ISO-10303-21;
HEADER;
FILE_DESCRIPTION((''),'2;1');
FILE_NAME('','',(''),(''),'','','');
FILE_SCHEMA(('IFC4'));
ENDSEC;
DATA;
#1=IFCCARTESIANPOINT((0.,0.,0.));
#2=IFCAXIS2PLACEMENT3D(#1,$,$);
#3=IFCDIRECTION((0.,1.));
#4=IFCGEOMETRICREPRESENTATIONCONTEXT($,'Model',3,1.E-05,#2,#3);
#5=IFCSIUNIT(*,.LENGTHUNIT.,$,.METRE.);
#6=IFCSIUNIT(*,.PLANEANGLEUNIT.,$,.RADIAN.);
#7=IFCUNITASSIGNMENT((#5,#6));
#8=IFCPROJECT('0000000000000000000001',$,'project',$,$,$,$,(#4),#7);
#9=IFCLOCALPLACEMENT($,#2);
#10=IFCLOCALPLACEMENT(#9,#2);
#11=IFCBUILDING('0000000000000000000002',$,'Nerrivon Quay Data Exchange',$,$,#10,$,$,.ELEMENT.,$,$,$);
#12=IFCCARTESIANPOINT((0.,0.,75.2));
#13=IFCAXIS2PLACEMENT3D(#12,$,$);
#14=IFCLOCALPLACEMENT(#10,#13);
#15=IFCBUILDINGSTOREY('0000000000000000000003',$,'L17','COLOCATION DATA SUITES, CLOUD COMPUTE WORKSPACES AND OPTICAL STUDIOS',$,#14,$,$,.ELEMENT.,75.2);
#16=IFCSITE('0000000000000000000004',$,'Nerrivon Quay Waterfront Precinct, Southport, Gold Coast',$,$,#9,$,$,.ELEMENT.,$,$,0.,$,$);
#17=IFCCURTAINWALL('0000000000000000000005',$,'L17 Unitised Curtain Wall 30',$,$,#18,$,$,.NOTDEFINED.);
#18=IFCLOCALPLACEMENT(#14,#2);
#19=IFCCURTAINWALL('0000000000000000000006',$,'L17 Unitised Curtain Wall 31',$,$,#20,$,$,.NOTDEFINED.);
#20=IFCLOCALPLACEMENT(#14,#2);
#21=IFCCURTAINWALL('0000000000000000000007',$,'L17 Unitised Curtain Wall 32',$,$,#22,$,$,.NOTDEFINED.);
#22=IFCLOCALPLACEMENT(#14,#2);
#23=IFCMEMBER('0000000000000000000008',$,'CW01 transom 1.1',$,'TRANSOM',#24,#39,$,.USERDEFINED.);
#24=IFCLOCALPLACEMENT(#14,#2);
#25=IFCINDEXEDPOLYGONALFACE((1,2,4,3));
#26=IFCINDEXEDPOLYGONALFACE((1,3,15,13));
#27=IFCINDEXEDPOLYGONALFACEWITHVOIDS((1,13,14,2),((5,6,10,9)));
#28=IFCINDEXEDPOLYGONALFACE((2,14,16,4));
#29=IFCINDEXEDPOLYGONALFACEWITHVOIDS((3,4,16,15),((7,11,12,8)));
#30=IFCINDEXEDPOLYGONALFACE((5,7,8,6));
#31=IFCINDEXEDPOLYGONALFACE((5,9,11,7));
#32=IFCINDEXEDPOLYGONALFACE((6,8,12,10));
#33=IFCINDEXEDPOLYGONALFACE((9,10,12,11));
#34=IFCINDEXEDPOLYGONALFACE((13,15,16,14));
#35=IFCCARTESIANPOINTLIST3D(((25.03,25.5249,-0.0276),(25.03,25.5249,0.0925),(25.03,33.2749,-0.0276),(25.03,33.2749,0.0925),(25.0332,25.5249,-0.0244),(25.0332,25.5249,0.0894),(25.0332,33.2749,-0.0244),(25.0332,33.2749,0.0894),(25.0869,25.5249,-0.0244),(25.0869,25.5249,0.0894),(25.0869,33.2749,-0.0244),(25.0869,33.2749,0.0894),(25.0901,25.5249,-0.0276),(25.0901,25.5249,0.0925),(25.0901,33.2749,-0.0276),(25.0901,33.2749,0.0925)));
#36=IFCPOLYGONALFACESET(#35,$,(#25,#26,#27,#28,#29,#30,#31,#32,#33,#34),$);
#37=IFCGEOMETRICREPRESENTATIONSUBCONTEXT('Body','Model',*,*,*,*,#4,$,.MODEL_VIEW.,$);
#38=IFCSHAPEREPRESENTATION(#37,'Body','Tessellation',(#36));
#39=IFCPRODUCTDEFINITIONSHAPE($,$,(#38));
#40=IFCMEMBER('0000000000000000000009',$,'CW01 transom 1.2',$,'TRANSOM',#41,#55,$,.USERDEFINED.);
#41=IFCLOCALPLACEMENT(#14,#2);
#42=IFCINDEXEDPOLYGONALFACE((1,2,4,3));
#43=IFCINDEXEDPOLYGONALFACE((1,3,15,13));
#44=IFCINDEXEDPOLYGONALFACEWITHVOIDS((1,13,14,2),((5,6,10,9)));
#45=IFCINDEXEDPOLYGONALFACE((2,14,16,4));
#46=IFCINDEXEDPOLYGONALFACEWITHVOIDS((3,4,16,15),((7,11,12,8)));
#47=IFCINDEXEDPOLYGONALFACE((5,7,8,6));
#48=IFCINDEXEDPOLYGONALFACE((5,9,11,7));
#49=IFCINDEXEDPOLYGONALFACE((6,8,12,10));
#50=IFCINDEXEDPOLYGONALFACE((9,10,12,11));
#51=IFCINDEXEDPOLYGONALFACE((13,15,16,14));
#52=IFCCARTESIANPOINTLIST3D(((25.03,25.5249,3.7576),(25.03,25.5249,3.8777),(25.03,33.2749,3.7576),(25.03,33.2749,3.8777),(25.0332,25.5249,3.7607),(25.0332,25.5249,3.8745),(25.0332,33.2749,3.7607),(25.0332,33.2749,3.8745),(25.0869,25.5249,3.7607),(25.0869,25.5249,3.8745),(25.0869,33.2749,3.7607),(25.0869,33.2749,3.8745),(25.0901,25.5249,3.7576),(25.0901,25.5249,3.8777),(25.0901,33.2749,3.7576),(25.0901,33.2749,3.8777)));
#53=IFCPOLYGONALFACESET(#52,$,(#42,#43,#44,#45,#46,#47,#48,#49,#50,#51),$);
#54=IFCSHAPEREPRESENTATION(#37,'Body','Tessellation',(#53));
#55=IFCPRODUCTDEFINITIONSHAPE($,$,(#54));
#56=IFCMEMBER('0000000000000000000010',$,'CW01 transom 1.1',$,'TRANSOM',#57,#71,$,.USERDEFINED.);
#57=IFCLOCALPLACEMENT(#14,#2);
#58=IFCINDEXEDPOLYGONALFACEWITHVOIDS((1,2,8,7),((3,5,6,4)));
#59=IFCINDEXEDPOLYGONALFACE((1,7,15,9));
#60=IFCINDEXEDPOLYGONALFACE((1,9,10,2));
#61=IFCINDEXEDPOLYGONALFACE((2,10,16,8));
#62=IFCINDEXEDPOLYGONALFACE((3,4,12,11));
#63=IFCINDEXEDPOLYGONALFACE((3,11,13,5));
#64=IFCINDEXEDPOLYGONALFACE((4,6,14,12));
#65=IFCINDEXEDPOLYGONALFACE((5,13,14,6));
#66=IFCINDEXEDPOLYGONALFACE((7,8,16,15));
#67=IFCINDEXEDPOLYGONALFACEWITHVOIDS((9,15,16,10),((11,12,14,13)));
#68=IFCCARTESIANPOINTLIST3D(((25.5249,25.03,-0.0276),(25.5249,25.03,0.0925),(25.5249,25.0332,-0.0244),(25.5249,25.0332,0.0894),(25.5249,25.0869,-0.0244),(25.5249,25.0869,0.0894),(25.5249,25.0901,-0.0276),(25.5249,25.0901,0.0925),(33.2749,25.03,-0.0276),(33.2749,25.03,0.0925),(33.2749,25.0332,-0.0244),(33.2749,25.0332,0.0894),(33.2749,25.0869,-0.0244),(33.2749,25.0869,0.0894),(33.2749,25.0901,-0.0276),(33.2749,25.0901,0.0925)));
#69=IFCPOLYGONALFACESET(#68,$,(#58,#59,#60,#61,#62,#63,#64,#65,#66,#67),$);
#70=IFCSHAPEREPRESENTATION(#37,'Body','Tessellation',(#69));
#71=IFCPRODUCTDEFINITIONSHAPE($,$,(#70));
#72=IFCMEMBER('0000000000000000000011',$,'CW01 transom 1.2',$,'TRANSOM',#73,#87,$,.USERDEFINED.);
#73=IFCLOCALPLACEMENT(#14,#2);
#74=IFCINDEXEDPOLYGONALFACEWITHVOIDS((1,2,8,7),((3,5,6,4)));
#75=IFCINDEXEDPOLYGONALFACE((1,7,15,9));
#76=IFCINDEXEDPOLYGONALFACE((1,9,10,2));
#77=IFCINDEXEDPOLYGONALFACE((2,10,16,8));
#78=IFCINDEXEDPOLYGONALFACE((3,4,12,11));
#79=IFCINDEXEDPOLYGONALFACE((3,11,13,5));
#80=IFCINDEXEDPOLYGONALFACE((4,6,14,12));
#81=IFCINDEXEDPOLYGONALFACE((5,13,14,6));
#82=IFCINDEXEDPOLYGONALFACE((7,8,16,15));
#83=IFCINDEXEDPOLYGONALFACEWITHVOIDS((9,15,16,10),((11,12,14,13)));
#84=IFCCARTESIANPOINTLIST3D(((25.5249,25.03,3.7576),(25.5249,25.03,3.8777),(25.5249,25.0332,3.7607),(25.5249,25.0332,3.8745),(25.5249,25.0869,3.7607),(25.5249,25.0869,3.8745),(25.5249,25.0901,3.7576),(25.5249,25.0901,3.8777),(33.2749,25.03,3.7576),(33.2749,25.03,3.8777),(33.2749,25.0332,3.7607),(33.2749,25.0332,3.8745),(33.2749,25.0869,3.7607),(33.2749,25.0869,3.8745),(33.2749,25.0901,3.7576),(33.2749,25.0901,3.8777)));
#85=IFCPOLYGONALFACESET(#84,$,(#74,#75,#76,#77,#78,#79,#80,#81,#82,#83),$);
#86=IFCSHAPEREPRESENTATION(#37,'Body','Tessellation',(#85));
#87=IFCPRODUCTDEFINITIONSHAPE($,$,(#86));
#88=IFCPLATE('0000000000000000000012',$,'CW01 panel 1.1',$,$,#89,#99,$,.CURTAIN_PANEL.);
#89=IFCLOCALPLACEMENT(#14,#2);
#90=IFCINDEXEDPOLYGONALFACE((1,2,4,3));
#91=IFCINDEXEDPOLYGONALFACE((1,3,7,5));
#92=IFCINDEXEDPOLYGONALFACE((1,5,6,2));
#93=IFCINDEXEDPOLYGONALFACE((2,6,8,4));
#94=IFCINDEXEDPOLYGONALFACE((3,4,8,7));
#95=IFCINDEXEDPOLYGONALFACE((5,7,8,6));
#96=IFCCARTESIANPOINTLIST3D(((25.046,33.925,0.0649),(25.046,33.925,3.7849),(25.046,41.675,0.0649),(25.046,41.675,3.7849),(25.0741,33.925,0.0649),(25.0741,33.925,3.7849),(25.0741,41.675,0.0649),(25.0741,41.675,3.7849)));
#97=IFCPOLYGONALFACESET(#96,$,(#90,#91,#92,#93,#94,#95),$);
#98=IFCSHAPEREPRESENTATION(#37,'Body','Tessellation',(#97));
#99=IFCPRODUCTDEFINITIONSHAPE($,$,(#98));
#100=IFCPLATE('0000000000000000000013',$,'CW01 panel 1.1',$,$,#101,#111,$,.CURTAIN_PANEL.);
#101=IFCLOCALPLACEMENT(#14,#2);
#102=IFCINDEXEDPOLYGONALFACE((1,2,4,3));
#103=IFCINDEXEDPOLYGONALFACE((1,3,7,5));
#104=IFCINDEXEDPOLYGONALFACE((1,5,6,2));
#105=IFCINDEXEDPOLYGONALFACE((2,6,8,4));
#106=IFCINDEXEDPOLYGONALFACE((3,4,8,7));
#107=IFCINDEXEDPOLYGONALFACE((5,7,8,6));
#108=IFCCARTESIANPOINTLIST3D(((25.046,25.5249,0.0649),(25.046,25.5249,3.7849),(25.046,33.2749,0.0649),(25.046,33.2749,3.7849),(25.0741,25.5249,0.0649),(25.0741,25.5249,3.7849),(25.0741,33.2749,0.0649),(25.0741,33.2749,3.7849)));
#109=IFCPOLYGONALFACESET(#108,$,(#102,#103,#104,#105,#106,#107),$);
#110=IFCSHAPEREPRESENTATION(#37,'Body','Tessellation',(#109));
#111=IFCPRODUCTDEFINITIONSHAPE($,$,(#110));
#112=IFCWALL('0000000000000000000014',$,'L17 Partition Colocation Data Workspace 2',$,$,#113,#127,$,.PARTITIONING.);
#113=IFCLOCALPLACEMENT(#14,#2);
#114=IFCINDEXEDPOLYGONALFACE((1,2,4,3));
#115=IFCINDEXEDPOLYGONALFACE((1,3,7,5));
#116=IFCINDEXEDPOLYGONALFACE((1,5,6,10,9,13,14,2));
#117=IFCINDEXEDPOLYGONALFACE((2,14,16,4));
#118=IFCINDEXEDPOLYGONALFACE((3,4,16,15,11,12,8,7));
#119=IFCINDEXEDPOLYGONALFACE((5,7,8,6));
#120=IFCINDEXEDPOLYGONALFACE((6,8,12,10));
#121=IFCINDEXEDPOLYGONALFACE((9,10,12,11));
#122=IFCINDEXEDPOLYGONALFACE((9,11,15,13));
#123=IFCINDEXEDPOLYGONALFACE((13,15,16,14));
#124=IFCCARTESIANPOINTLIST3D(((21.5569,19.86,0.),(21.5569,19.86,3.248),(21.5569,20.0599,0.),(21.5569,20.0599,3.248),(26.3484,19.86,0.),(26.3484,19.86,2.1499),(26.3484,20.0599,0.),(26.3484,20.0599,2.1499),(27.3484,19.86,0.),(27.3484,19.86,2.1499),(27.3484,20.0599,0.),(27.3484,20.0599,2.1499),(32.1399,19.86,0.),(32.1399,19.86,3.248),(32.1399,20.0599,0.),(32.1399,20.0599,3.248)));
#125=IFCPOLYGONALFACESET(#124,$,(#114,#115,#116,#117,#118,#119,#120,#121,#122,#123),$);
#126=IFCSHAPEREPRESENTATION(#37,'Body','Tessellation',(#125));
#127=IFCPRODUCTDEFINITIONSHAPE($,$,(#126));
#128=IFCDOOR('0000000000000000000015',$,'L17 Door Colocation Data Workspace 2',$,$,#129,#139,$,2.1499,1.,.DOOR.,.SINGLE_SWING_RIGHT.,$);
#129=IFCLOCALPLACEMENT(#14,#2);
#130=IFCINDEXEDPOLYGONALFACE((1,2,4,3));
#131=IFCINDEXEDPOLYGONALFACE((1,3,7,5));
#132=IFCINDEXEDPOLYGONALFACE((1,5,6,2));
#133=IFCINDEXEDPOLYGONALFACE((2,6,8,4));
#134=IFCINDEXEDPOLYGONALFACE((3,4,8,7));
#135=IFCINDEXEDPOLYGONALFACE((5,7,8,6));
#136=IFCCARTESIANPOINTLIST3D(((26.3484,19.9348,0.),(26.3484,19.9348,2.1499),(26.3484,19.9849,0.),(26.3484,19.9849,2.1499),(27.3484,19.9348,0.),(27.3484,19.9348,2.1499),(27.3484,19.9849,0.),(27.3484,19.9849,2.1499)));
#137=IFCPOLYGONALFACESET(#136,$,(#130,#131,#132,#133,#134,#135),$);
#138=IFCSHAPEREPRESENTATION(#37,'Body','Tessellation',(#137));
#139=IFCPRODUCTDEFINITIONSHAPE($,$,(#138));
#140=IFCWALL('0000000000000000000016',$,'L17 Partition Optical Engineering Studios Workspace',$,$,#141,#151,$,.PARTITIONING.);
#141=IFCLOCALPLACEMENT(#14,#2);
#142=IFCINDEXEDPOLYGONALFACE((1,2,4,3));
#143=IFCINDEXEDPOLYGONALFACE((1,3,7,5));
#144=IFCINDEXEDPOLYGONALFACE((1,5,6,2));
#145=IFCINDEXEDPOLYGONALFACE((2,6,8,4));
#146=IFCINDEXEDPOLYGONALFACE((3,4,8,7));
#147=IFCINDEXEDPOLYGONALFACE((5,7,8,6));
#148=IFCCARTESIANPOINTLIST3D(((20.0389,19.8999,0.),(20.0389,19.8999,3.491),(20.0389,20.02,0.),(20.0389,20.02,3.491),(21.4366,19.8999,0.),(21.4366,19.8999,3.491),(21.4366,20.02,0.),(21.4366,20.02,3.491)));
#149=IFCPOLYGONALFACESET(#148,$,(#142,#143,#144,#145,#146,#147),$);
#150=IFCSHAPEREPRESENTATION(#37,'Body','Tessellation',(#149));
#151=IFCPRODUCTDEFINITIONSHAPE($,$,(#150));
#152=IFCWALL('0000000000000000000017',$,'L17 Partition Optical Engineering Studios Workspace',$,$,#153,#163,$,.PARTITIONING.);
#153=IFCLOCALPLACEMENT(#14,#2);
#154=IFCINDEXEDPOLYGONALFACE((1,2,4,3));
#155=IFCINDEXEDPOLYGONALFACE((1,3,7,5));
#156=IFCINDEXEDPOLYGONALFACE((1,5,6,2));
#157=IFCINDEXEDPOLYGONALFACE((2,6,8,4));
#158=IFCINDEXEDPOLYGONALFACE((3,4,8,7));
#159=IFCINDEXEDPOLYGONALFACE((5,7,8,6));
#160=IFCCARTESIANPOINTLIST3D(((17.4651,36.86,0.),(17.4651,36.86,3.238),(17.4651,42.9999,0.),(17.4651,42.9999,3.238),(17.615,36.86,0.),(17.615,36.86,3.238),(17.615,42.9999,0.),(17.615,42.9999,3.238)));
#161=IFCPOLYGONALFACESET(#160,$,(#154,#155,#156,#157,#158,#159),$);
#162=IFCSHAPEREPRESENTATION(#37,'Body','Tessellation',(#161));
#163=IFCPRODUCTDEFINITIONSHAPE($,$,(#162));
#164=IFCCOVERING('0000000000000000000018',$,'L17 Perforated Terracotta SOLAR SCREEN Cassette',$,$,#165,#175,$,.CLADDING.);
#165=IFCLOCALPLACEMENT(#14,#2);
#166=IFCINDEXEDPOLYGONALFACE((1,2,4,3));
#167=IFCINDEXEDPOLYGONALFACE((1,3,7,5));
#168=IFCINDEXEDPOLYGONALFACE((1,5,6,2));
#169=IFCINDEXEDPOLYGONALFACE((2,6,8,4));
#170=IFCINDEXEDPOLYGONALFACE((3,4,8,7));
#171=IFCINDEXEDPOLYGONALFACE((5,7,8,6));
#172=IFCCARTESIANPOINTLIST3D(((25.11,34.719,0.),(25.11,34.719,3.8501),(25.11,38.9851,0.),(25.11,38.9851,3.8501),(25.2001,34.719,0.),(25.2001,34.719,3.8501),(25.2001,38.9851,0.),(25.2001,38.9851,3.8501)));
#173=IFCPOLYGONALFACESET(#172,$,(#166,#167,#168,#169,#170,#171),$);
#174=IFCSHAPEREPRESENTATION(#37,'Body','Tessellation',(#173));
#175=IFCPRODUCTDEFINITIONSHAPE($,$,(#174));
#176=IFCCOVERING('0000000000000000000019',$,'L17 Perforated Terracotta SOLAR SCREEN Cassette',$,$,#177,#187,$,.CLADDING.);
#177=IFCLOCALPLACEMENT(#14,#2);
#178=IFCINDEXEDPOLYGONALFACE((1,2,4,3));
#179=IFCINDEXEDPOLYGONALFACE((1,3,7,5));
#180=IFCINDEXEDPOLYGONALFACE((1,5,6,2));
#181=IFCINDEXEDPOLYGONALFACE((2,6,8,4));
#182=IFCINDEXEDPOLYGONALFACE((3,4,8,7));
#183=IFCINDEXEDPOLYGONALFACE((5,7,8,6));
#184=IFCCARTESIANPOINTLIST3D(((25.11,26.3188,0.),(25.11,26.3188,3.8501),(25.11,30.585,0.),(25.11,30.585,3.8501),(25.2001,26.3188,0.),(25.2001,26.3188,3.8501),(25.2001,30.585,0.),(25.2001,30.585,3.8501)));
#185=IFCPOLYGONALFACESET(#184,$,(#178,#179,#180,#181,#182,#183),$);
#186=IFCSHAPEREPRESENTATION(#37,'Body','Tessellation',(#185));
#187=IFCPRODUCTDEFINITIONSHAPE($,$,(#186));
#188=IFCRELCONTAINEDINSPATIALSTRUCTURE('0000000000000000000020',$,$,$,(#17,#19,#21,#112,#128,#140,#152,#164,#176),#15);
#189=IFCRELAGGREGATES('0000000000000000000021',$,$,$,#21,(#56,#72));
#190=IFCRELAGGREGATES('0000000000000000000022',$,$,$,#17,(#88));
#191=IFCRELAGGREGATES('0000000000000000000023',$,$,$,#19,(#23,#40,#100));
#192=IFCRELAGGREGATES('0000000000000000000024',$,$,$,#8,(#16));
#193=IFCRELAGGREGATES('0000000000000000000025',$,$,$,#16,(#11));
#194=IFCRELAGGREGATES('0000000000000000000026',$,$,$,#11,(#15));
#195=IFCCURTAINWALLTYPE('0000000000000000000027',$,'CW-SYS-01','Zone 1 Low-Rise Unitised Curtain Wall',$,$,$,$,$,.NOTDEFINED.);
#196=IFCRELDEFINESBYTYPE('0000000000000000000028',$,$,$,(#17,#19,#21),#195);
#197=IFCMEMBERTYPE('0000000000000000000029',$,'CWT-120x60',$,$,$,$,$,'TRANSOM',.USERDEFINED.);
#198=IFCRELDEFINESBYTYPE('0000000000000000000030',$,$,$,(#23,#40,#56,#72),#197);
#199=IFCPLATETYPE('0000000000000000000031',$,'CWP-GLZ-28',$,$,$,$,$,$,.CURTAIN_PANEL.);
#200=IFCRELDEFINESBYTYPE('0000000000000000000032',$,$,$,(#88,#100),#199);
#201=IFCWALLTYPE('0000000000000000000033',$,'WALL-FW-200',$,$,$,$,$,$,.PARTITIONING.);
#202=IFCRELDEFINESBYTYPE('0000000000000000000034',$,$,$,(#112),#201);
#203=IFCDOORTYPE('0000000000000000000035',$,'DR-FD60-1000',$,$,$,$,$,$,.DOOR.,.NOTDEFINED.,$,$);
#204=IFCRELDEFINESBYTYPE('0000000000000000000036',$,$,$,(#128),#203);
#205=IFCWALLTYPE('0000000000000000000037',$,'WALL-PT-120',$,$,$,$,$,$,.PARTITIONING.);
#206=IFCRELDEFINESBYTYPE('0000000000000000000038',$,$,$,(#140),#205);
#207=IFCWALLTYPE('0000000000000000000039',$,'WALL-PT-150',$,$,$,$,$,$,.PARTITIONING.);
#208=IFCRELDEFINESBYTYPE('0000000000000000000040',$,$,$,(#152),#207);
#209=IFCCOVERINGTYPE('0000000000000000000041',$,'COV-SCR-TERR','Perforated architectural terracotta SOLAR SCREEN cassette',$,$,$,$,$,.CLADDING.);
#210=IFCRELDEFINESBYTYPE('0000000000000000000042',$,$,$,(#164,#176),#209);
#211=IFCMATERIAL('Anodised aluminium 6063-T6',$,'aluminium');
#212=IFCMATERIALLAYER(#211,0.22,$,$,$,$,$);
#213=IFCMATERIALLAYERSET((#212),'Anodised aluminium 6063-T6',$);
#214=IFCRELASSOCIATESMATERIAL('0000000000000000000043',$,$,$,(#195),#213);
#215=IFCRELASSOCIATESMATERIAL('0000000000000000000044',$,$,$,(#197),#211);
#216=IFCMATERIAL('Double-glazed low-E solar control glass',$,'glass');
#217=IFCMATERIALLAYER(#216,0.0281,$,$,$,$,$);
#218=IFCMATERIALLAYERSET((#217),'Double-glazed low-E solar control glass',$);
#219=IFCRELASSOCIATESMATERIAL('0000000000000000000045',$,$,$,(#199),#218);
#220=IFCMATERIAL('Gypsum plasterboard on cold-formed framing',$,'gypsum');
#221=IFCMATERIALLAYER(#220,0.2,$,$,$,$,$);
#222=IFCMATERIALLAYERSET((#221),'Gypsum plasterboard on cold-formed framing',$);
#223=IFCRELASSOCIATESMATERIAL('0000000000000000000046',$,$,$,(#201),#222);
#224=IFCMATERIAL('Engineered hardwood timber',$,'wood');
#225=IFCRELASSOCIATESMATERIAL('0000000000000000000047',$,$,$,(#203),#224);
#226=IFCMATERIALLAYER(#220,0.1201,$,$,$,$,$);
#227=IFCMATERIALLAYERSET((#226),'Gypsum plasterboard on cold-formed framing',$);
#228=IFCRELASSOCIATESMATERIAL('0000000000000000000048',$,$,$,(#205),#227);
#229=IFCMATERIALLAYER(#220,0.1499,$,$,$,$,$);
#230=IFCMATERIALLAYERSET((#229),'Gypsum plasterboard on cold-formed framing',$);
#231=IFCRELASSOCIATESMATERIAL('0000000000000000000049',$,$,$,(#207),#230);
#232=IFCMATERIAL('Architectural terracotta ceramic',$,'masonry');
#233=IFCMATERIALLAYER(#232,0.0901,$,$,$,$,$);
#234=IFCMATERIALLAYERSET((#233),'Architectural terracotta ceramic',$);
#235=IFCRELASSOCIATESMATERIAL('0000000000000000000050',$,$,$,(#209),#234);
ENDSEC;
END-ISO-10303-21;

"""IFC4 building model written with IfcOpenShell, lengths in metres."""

from ifc_helpers import new_model, si_unit, direction, frame, frame_2d, origin, origin_2d, place, context, subcontext, project, spatial, rectangle, hollow_rectangle, extrude, material, layer, layer_set, material_profile, profile_set, type_object, element, fill, aggregate, save


model = new_model("IFC4")

# Units and contexts
model_context = context("Model", 3, precision=1e-05, world=origin(), true_north=direction((0.0, 1.0)))
body_context = subcontext(model_context, "Body", "Model", "MODEL_VIEW")
ifc_project = project(units=[si_unit("LENGTHUNIT", "METRE"), si_unit("PLANEANGLEUNIT", "RADIAN")], contexts=[model_context])

# Site, building, storey
site_placement = place(None, origin())
site = spatial("IfcSite", under=ifc_project, at=site_placement, Name="Nerrivon Quay Waterfront Precinct, Southport, Gold Coast", CompositionType="ELEMENT", RefElevation=0.0)
building_placement = place(site_placement, origin())
building = spatial("IfcBuilding", under=site, at=building_placement, Name="Nerrivon Quay Data Exchange", CompositionType="ELEMENT")
storey_placement = place(building_placement, frame((0.0, 0.0, 75.2)))
storey = spatial("IfcBuildingStorey", under=building, at=storey_placement, Name="L17", Description="COLOCATION DATA SUITES, CLOUD COMPUTE WORKSPACES AND OPTICAL STUDIOS", CompositionType="ELEMENT", Elevation=75.2)

# Curtain wall
ifc_material_1 = material(Name="Anodised aluminium 6063-T6", Category="aluminium")
ifc_layer_1 = layer(ifc_material_1, 0.22)
ifc_layer_set_1 = layer_set([ifc_layer_1], Name="Anodised aluminium 6063-T6")
curtain_wall_type = type_object("IfcCurtainWallType", Name="CW-SYS-01", Description="Zone 1 Low-Rise Unitised Curtain Wall", PredefinedType="NOTDEFINED", material=ifc_layer_set_1)
curtain_wall_1_placement = place(storey_placement, origin())
curtain_wall_1 = element("IfcCurtainWall", 1, at=curtain_wall_1_placement, inside=storey, type_object=curtain_wall_type, Name="L17 Unitised Curtain Wall 30", PredefinedType="NOTDEFINED")

# Curtain wall
curtain_wall_2_placement = place(storey_placement, origin())
curtain_wall_2 = element("IfcCurtainWall", 2, at=curtain_wall_2_placement, inside=storey, type_object=curtain_wall_type, Name="L17 Unitised Curtain Wall 31", PredefinedType="NOTDEFINED")

# Curtain wall
curtain_wall_3_placement = place(storey_placement, origin())
curtain_wall_3 = element("IfcCurtainWall", 3, at=curtain_wall_3_placement, inside=storey, type_object=curtain_wall_type, Name="L17 Unitised Curtain Wall 32", PredefinedType="NOTDEFINED")

# Members
ifc_material_profile_1 = material_profile(ifc_material_1, hollow_rectangle(XDim=0.0601, YDim=0.1201, WallThickness=0.0032, at=origin_2d()), Name="ALU-TRAN-120x60")
ifc_profile_set_1 = profile_set([ifc_material_profile_1], Name="Anodised aluminium 6063-T6")
member_type_1 = type_object("IfcMemberType", Name="CWT-120x60", ElementType="TRANSOM", PredefinedType="USERDEFINED", material=ifc_profile_set_1)
member_1_placement = place(storey_placement, frame((25.0601, 33.2749, 0.0325), z_axis=(0.0, -1.0, 0.0), x_axis=(1.0, 0.0, 0.0)))
member_1 = element("IfcMember", 4, at=member_1_placement, type_object=member_type_1, Name="CW01 transom 1.1", ObjectType="TRANSOM", PredefinedType="USERDEFINED", context=body_context, shape_type="SweptSolid", body=[
    extrude(hollow_rectangle(XDim=0.0601, YDim=0.1201, WallThickness=0.0032, at=origin_2d()), origin(), (0.0, 0.0, 1.0), 7.75),
])
member_2_placement = place(storey_placement, frame((25.0601, 33.2749, 3.8176), z_axis=(0.0, -1.0, 0.0), x_axis=(1.0, 0.0, 0.0)))
member_2 = element("IfcMember", 5, at=member_2_placement, type_object=member_type_1, Name="CW01 transom 1.2", ObjectType="TRANSOM", PredefinedType="USERDEFINED", context=body_context, shape_type="SweptSolid", body=[
    extrude(hollow_rectangle(XDim=0.0601, YDim=0.1201, WallThickness=0.0032, at=origin_2d()), origin(), (0.0, 0.0, 1.0), 7.75),
])
member_3_placement = place(storey_placement, frame((25.5249, 25.0601, 0.0325), z_axis=(1.0, 0.0, 0.0), x_axis=(0.0, 1.0, 0.0)))
member_3 = element("IfcMember", 6, at=member_3_placement, type_object=member_type_1, Name="CW01 transom 1.1", ObjectType="TRANSOM", PredefinedType="USERDEFINED", context=body_context, shape_type="SweptSolid", body=[
    extrude(hollow_rectangle(XDim=0.0601, YDim=0.1201, WallThickness=0.0032, at=origin_2d()), origin(), (0.0, 0.0, 1.0), 7.75),
])
member_4_placement = place(storey_placement, frame((25.5249, 25.0601, 3.8176), z_axis=(1.0, 0.0, 0.0), x_axis=(0.0, 1.0, 0.0)))
member_4 = element("IfcMember", 7, at=member_4_placement, type_object=member_type_1, Name="CW01 transom 1.2", ObjectType="TRANSOM", PredefinedType="USERDEFINED", context=body_context, shape_type="SweptSolid", body=[
    extrude(hollow_rectangle(XDim=0.0601, YDim=0.1201, WallThickness=0.0032, at=origin_2d()), origin(), (0.0, 0.0, 1.0), 7.75),
])
aggregate(curtain_wall_3, [member_3, member_4])

# Plates
ifc_material_2 = material(Name="Double-glazed low-E solar control glass", Category="glass")
ifc_layer_2 = layer(ifc_material_2, 0.0281)
ifc_layer_set_2 = layer_set([ifc_layer_2], Name="Double-glazed low-E solar control glass")
plate_type = type_object("IfcPlateType", Name="CWP-GLZ-28", PredefinedType="CURTAIN_PANEL", material=ifc_layer_set_2)
plate_1_placement = place(storey_placement, frame((25.0601, 37.8, 0.0649), z_axis=(0.0, 0.0, 1.0), x_axis=(0.0, -1.0, 0.0)))
plate_1 = element("IfcPlate", 8, at=plate_1_placement, type_object=plate_type, Name="CW01 panel 1.1", PredefinedType="CURTAIN_PANEL", context=body_context, shape_type="SweptSolid", body=[
    extrude(rectangle(XDim=7.75, YDim=0.0281, at=origin_2d()), origin(), (0.0, 0.0, 1.0), 3.72),
])
aggregate(curtain_wall_1, [plate_1])
plate_2_placement = place(storey_placement, frame((25.0601, 29.3999, 0.0649), z_axis=(0.0, 0.0, 1.0), x_axis=(0.0, -1.0, 0.0)))
plate_2 = element("IfcPlate", 9, at=plate_2_placement, type_object=plate_type, Name="CW01 panel 1.1", PredefinedType="CURTAIN_PANEL", context=body_context, shape_type="SweptSolid", body=[
    extrude(rectangle(XDim=7.75, YDim=0.0281, at=origin_2d()), origin(), (0.0, 0.0, 1.0), 3.72),
])
aggregate(curtain_wall_2, [member_1, member_2, plate_2])

# Wall, opening, door
ifc_material_3 = material(Name="Gypsum plasterboard on cold-formed framing", Category="gypsum")
ifc_layer_3 = layer(ifc_material_3, 0.2)
ifc_layer_set_3 = layer_set([ifc_layer_3], Name="Gypsum plasterboard on cold-formed framing")
wall_type_1 = type_object("IfcWallType", Name="WALL-FW-200", PredefinedType="PARTITIONING", material=ifc_layer_set_3)
wall_1_placement = place(storey_placement, frame((21.5569, 19.96, 0.0), z_axis=(0.0, 0.0, 1.0), x_axis=(1.0, 0.0, 0.0)))
wall_1 = element("IfcWall", 10, at=wall_1_placement, inside=storey, type_object=wall_type_1, Name="L17 Partition Colocation Data Workspace 2", PredefinedType="PARTITIONING", context=body_context, shape_type="SweptSolid", body=[
    extrude(rectangle(XDim=10.583, YDim=0.2, at=frame_2d((5.2915, 0.0))), origin(), (0.0, 0.0, 1.0), 3.248),
])
opening_placement = place(wall_1_placement, frame((4.7915, 0.0, 0.0)))
opening = element("IfcOpeningElement", 11, at=opening_placement, cuts=wall_1, PredefinedType="OPENING", context=body_context, shape_type="SweptSolid", body=[
    extrude(rectangle(XDim=1.0, YDim=2.1499, at=frame_2d((0.5, 1.075))), frame((0.0, 0.1099, 0.0), z_axis=(0.0, -1.0, 0.0), x_axis=(1.0, 0.0, 0.0)), (0.0, 0.0, 1.0), 0.22),
])
ifc_material_4 = material(Name="Engineered hardwood timber", Category="wood")
door_type = type_object("IfcDoorType", Name="DR-FD60-1000", OperationType="NOTDEFINED", PredefinedType="DOOR", material=ifc_material_4)
door_placement = place(opening_placement, origin())
door = element("IfcDoor", 12, at=door_placement, inside=storey, type_object=door_type, Name="L17 Door Colocation Data Workspace 2", OperationType="SINGLE_SWING_RIGHT", OverallHeight=2.1499, OverallWidth=1.0, PredefinedType="DOOR", context=body_context, shape_type="SweptSolid", body=[
    extrude(rectangle(XDim=1.0, YDim=2.1499, at=frame_2d((0.5, 1.075))), frame((0.0, 0.0249, 0.0), z_axis=(0.0, -1.0, 0.0), x_axis=(1.0, 0.0, 0.0)), (0.0, 0.0, 1.0), 0.05),
])
fill(opening, door)

# Walls
ifc_layer_4 = layer(ifc_material_3, 0.1201)
ifc_layer_set_4 = layer_set([ifc_layer_4], Name="Gypsum plasterboard on cold-formed framing")
wall_type_2 = type_object("IfcWallType", Name="WALL-PT-120", PredefinedType="PARTITIONING", material=ifc_layer_set_4)
wall_2_placement = place(storey_placement, frame((20.0391, 19.96, 0.0), z_axis=(0.0, 0.0, 1.0), x_axis=(1.0, 0.0, 0.0)))
element("IfcWall", 13, at=wall_2_placement, inside=storey, type_object=wall_type_2, Name="L17 Partition Optical Engineering Studios Workspace", PredefinedType="PARTITIONING", context=body_context, shape_type="SweptSolid", body=[
    extrude(rectangle(XDim=1.3977, YDim=0.1201, at=frame_2d((0.6987, 0.0))), origin(), (0.0, 0.0, 1.0), 3.491),
])
ifc_layer_5 = layer(ifc_material_3, 0.1499)
ifc_layer_set_5 = layer_set([ifc_layer_5], Name="Gypsum plasterboard on cold-formed framing")
wall_type_3 = type_object("IfcWallType", Name="WALL-PT-150", PredefinedType="PARTITIONING", material=ifc_layer_set_5)
wall_3_placement = place(storey_placement, frame((17.54, 36.8601, 0.0), z_axis=(0.0, 0.0, 1.0), x_axis=(0.0, 1.0, 0.0)))
element("IfcWall", 14, at=wall_3_placement, inside=storey, type_object=wall_type_3, Name="L17 Partition Optical Engineering Studios Workspace", PredefinedType="PARTITIONING", context=body_context, shape_type="SweptSolid", body=[
    extrude(rectangle(XDim=6.1399, YDim=0.1499, at=frame_2d((3.0698, 0.0))), origin(), (0.0, 0.0, 1.0), 3.238),
])

# Coverings
ifc_material_5 = material(Name="Architectural terracotta ceramic", Category="masonry")
ifc_layer_6 = layer(ifc_material_5, 0.0901)
ifc_layer_set_6 = layer_set([ifc_layer_6], Name="Architectural terracotta ceramic")
covering_type = type_object("IfcCoveringType", Name="COV-SCR-TERR", Description="Perforated architectural terracotta SOLAR SCREEN cassette", PredefinedType="CLADDING", material=ifc_layer_set_6)
for number, where, z_axis, x_axis, name in (
    (15, (25.155, 36.8521, 0.0), (0.0, 0.0, 1.0), (0.0, -1.0, 0.0), "L17 Perforated Terracotta SOLAR SCREEN Cassette"),
    (16, (25.155, 28.4519, 0.0), (0.0, 0.0, 1.0), (0.0, -1.0, 0.0), "L17 Perforated Terracotta SOLAR SCREEN Cassette"),
):
    element("IfcCovering", number, at=place(storey_placement, frame(where, z_axis=z_axis, x_axis=x_axis)), inside=storey, type_object=covering_type, Name=name, PredefinedType="CLADDING", context=body_context, shape_type="SweptSolid", body=[
        extrude(rectangle(XDim=4.2661, YDim=0.0901, at=origin_2d()), origin(), (0.0, 0.0, 1.0), 3.8501),
    ])

save(model, "model.ifc")
